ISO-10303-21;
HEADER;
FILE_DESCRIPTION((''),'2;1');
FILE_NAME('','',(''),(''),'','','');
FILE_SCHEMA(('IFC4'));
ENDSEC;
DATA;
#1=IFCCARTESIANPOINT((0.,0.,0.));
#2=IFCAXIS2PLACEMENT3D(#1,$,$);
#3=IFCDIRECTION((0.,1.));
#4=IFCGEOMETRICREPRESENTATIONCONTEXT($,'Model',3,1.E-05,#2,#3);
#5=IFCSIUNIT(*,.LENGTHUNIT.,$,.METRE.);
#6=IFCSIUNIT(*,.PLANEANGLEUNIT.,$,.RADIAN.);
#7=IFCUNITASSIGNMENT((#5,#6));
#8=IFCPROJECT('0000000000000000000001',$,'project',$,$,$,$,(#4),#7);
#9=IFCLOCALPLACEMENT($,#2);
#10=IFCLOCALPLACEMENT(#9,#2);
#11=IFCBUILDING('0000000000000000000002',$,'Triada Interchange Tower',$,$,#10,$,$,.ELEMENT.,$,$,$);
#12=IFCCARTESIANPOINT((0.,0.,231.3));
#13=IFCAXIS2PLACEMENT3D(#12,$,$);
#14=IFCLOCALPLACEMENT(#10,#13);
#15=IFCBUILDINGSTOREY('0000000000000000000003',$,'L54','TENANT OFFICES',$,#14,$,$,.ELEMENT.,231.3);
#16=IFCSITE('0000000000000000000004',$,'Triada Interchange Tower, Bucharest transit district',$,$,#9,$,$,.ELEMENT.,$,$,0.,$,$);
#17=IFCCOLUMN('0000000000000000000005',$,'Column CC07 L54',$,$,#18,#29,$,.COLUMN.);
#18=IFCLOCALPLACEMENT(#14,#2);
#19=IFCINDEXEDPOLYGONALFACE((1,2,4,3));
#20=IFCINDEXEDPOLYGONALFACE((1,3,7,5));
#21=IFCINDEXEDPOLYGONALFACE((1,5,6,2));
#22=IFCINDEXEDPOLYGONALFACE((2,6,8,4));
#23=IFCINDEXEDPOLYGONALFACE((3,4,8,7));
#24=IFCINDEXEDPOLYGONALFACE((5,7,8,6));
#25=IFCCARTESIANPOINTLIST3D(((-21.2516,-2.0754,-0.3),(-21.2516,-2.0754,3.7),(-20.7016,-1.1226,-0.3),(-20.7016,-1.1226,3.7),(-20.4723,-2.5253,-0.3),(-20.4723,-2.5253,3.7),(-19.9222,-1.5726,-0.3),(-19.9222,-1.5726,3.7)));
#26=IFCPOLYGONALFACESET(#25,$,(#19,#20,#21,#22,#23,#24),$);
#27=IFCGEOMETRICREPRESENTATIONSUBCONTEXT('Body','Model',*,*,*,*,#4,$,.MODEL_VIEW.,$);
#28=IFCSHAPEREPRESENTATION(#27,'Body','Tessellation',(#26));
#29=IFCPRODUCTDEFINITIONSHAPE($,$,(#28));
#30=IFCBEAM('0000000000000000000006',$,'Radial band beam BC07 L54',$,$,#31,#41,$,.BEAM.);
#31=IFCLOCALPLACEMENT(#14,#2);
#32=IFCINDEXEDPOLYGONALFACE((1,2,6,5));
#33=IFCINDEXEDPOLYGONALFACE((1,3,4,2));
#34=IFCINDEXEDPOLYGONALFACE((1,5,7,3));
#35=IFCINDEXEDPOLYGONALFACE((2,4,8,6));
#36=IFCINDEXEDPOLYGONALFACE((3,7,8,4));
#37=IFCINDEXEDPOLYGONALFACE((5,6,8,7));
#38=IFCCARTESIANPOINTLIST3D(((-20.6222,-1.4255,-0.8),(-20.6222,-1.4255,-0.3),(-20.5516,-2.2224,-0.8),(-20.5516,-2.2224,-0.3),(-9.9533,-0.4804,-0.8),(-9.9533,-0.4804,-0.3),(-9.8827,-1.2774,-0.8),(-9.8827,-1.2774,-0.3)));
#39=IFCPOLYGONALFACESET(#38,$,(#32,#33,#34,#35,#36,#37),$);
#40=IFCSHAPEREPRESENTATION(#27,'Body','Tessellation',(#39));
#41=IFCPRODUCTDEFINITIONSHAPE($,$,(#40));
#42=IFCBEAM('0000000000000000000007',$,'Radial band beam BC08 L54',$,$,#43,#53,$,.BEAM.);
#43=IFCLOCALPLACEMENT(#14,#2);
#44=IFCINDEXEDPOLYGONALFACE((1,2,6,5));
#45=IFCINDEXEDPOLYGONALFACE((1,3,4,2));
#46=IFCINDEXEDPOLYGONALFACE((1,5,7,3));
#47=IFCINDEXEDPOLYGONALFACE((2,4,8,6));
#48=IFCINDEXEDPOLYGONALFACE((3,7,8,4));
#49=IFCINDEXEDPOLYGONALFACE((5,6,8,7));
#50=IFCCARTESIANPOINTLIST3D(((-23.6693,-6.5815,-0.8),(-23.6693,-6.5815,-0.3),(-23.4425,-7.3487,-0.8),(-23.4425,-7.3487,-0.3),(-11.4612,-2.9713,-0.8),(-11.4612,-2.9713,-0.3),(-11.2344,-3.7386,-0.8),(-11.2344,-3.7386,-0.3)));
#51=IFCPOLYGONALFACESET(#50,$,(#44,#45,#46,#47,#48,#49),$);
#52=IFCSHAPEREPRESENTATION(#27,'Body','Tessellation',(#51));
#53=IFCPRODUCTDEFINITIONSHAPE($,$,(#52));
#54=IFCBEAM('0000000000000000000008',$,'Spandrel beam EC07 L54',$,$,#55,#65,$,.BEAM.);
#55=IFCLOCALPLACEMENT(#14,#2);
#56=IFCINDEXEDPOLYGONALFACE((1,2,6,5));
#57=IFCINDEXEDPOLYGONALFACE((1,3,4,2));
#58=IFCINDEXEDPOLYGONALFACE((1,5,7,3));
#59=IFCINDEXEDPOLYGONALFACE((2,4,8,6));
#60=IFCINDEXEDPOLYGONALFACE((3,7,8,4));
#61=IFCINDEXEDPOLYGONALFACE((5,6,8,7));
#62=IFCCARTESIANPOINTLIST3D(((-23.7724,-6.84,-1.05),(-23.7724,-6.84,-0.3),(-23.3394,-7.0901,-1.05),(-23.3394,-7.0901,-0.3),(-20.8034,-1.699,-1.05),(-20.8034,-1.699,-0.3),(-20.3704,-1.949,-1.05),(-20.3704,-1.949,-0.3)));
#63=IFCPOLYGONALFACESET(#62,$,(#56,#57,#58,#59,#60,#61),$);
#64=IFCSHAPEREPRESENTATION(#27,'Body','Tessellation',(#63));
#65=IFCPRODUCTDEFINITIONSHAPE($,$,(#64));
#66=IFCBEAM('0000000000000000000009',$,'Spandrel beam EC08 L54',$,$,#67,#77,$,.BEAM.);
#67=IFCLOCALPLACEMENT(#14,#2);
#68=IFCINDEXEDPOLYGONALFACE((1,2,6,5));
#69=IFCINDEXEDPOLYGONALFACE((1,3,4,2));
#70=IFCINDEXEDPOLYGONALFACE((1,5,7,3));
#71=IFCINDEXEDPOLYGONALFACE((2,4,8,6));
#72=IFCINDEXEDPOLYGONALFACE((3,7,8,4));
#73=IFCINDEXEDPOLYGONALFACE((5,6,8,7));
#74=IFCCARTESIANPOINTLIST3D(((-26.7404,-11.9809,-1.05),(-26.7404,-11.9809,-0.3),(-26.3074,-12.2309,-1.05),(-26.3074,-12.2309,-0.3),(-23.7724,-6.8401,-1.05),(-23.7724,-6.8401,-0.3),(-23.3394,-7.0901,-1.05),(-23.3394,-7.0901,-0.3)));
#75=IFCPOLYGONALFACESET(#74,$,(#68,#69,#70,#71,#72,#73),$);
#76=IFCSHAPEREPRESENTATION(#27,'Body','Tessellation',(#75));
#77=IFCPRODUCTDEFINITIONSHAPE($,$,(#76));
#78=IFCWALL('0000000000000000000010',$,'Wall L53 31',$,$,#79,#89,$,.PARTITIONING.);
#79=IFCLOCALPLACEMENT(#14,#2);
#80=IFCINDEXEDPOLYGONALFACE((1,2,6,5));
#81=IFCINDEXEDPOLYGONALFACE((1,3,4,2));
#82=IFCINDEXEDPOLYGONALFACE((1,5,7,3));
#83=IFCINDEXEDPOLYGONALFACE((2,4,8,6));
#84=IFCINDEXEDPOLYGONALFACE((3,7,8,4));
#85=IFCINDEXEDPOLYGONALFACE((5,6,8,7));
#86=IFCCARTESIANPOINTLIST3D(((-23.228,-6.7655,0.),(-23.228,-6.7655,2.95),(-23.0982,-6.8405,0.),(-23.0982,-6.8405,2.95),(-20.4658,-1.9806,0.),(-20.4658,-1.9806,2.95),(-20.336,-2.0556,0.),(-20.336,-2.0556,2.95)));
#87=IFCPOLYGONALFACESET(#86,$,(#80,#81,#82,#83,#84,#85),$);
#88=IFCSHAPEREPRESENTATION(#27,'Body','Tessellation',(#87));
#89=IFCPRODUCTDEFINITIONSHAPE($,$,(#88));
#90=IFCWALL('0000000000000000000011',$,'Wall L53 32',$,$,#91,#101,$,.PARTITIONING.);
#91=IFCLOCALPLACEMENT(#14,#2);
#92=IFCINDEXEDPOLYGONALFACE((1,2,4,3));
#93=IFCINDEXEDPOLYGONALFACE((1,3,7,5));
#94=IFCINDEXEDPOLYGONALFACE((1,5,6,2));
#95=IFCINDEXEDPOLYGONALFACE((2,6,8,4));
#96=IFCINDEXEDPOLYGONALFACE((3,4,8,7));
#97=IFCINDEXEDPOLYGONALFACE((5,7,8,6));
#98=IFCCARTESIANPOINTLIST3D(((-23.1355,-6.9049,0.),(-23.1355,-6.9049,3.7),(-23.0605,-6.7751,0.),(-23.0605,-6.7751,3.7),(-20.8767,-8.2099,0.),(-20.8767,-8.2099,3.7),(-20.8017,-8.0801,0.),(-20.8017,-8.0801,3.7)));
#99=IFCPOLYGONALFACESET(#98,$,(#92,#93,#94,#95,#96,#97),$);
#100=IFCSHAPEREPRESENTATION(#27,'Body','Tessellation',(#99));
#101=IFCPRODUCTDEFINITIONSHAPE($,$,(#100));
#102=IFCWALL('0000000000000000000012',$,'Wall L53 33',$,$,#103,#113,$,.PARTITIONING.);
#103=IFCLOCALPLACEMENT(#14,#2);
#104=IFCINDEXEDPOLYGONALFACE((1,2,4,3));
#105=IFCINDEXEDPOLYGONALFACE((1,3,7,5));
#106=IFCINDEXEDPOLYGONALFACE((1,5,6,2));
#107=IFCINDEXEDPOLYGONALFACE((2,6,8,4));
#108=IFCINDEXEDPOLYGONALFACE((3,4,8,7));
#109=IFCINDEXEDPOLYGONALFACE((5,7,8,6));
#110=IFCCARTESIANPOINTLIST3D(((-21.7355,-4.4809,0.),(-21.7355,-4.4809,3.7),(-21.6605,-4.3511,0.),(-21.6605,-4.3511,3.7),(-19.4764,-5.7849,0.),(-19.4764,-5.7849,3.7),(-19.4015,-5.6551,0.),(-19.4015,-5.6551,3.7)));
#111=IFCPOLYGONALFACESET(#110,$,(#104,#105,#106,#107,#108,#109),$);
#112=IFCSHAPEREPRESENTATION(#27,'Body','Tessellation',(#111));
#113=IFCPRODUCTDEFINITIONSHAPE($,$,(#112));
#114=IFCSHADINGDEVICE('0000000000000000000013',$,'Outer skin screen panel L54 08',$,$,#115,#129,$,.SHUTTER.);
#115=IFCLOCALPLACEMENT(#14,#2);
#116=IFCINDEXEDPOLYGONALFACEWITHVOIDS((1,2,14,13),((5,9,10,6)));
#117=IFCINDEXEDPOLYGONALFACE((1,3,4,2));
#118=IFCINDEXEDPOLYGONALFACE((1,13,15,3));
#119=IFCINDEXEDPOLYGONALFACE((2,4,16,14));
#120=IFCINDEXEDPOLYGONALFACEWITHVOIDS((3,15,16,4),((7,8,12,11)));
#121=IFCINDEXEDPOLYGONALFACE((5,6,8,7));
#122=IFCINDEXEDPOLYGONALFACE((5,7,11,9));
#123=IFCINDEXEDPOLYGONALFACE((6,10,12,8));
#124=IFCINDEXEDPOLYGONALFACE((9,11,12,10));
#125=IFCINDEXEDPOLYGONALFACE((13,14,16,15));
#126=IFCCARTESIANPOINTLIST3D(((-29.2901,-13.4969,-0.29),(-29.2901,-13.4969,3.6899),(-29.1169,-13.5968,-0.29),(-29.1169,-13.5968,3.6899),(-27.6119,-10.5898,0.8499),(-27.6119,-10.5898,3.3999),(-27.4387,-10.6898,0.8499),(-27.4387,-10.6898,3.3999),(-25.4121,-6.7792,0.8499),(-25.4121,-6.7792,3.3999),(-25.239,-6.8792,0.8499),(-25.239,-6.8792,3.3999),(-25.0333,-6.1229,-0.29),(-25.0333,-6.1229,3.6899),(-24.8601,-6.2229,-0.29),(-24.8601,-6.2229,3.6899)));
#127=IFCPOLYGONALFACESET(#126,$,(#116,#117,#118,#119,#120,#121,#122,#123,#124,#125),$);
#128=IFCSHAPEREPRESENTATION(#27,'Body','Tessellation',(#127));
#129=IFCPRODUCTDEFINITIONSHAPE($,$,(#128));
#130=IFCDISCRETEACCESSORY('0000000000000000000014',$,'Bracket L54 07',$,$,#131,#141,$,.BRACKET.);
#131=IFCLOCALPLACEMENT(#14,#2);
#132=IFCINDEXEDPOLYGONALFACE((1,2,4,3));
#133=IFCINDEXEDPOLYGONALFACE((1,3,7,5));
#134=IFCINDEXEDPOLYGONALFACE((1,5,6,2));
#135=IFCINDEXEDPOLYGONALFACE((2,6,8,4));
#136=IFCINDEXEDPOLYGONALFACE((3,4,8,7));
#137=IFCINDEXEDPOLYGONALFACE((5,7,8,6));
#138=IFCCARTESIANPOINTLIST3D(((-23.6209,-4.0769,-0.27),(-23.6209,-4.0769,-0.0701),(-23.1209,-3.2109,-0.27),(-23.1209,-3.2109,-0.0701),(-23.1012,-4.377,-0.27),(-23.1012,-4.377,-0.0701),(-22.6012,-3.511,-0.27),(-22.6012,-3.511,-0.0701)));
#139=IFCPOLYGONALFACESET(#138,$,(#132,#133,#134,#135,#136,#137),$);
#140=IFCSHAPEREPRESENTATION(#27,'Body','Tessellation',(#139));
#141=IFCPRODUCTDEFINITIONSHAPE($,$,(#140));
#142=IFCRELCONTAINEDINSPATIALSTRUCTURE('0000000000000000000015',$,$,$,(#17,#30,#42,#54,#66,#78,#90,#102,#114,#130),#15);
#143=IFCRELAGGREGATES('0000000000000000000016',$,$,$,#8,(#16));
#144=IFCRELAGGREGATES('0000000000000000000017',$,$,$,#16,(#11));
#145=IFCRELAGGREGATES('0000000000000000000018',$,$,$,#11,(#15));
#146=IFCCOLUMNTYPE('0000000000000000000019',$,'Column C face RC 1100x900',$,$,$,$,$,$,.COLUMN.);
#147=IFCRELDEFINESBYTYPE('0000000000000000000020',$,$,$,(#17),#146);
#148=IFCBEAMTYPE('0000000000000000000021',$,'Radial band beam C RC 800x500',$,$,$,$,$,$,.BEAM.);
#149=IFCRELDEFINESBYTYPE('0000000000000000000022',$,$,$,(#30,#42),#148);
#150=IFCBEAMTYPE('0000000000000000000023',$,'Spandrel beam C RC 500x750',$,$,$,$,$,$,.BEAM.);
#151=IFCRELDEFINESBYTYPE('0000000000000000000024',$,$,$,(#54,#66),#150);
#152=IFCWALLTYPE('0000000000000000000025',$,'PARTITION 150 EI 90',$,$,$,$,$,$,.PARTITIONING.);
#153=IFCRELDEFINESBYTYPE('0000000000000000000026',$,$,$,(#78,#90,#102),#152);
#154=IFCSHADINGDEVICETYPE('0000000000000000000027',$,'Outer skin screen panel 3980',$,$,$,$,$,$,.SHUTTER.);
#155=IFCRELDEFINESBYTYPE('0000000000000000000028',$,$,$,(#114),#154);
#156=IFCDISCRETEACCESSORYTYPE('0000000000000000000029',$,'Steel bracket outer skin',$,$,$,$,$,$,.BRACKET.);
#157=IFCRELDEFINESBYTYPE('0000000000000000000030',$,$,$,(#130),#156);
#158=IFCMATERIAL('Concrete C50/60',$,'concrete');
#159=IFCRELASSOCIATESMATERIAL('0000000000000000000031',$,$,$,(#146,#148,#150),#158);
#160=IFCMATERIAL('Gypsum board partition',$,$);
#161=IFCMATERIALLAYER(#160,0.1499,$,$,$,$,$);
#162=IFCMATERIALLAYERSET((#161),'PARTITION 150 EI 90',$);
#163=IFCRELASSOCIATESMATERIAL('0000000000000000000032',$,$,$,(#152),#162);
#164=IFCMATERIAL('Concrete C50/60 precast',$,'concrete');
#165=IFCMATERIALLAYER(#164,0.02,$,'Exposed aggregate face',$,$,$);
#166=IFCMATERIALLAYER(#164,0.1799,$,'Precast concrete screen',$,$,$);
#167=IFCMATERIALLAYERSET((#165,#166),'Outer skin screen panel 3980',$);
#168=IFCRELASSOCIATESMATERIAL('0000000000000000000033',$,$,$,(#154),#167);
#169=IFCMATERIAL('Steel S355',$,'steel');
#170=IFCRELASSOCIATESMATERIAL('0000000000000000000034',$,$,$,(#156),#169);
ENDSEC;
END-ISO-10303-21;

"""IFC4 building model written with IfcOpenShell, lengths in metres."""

from ifc_helpers import new_model, si_unit, direction, frame, frame_2d, origin, origin_2d, place, context, subcontext, project, spatial, polyline, rectangle, outline, extrude, material, layer, layer_set, material_profile, profile_set, type_object, element, save


model = new_model("IFC4")

# Units and contexts
model_context = context("Model", 3, precision=1e-05, world=origin(), true_north=direction((0.0, 1.0)))
body_context = subcontext(model_context, "Body", "Model", "MODEL_VIEW")
ifc_project = project(units=[si_unit("LENGTHUNIT", "METRE"), si_unit("PLANEANGLEUNIT", "RADIAN")], contexts=[model_context])

# Site, building, storey
site_placement = place(None, origin())
site = spatial("IfcSite", under=ifc_project, at=site_placement, Name="Triada Interchange Tower, Bucharest transit district", CompositionType="ELEMENT", RefElevation=0.0)
building_placement = place(site_placement, origin())
building = spatial("IfcBuilding", under=site, at=building_placement, Name="Triada Interchange Tower", CompositionType="ELEMENT")
storey_placement = place(building_placement, frame((0.0, 0.0, 231.3)))
storey = spatial("IfcBuildingStorey", under=building, at=storey_placement, Name="L54", Description="TENANT OFFICES", CompositionType="ELEMENT", Elevation=231.3)

# Column
ifc_material_1 = material(Name="Concrete C50/60", Category="concrete")
ifc_material_profile_1 = material_profile(ifc_material_1, rectangle(XDim=1.1001, YDim=0.8999, at=origin_2d()), Name="RC 1100x900")
ifc_profile_set_1 = profile_set([ifc_material_profile_1], Name="Concrete C50/60")
column_type = type_object("IfcColumnType", Name="Column C face RC 1100x900", PredefinedType="COLUMN", material=ifc_profile_set_1)
column_placement = place(storey_placement, frame((-20.5869, -1.824, -0.3), z_axis=(0.0, 0.0, 1.0), x_axis=(0.5, 0.866025, 0.0)))
element("IfcColumn", 1, at=column_placement, inside=storey, type_object=column_type, Name="Column CC07 L54", PredefinedType="COLUMN", context=body_context, shape_type="SweptSolid", body=[
    extrude(rectangle(XDim=1.1001, YDim=0.8999, at=origin_2d()), origin(), (0.0, 0.0, 1.0), 4.0),
])

# Beams
ifc_material_profile_2 = material_profile(ifc_material_1, rectangle(XDim=0.8, YDim=0.5, at=origin_2d()), Name="RC 800x500")
ifc_profile_set_2 = profile_set([ifc_material_profile_2], Name="Concrete C50/60")
beam_type_1 = type_object("IfcBeamType", Name="Radial band beam C RC 800x500", PredefinedType="BEAM", material=ifc_profile_set_2)
beam_1_placement = place(storey_placement, frame((-20.5869, -1.824, -0.55), z_axis=(0.9961, 0.088236, 0.0), x_axis=(-0.088236, 0.9961, 0.0)))
element("IfcBeam", 2, at=beam_1_placement, inside=storey, type_object=beam_type_1, Name="Radial band beam BC07 L54", PredefinedType="BEAM", context=body_context, shape_type="SweptSolid", body=[
    extrude(rectangle(XDim=0.8, YDim=0.5, at=origin_2d()), origin(), (0.0, 0.0, 1.0), 10.7107),
])
beam_2_placement = place(storey_placement, frame((-23.5559, -6.9651, -0.55), z_axis=(0.958949, 0.283577, 0.0), x_axis=(-0.283577, 0.958949, 0.0)))
element("IfcBeam", 3, at=beam_2_placement, inside=storey, type_object=beam_type_1, Name="Radial band beam BC08 L54", PredefinedType="BEAM", context=body_context, shape_type="SweptSolid", body=[
    extrude(rectangle(XDim=0.8, YDim=0.5, at=origin_2d()), origin(), (0.0, 0.0, 1.0), 12.7307),
])
ifc_material_profile_3 = material_profile(ifc_material_1, rectangle(XDim=0.5, YDim=0.75, at=origin_2d()), Name="RC 500x750")
ifc_profile_set_3 = profile_set([ifc_material_profile_3], Name="Concrete C50/60")
beam_type_2 = type_object("IfcBeamType", Name="Spandrel beam C RC 500x750", PredefinedType="BEAM", material=ifc_profile_set_3)
beam_3_placement = place(storey_placement, frame((-20.5869, -1.824, -0.675), z_axis=(-0.500097, -0.865969, 0.0), x_axis=(0.865969, -0.500097, 0.0)))
element("IfcBeam", 4, at=beam_3_placement, inside=storey, type_object=beam_type_2, Name="Spandrel beam EC07 L54", PredefinedType="BEAM", context=body_context, shape_type="SweptSolid", body=[
    extrude(rectangle(XDim=0.5, YDim=0.75, at=origin_2d()), origin(), (0.0, 0.0, 1.0), 5.9368),
])
beam_4_placement = place(storey_placement, frame((-23.5559, -6.9651, -0.675), z_axis=(-0.499992, -0.86603, 0.0), x_axis=(0.86603, -0.499992, 0.0)))
element("IfcBeam", 5, at=beam_4_placement, inside=storey, type_object=beam_type_2, Name="Spandrel beam EC08 L54", PredefinedType="BEAM", context=body_context, shape_type="SweptSolid", body=[
    extrude(rectangle(XDim=0.5, YDim=0.75, at=origin_2d()), origin(), (0.0, 0.0, 1.0), 5.936),
])

# Walls
ifc_material_2 = material(Name="Gypsum board partition")
ifc_layer_1 = layer(ifc_material_2, 0.1499)
ifc_layer_set_1 = layer_set([ifc_layer_1], Name="PARTITION 150 EI 90")
wall_type = type_object("IfcWallType", Name="PARTITION 150 EI 90", PredefinedType="PARTITIONING", material=ifc_layer_set_1)
wall_1_placement = place(storey_placement, frame((-23.1631, -6.803, 0.0), z_axis=(0.0, 0.0, 1.0), x_axis=(0.499951, 0.866054, 0.0)))
element("IfcWall", 6, at=wall_1_placement, inside=storey, type_object=wall_type, Name="Wall L53 31", PredefinedType="PARTITIONING", context=body_context, shape_type="SweptSolid", body=[
    extrude(rectangle(XDim=5.5249, YDim=0.1499, at=frame_2d((2.7625, 0.0))), origin(), (0.0, 0.0, 1.0), 2.95),
])
wall_2_placement = place(storey_placement, frame((-23.0979, -6.8401, 0.0), z_axis=(0.0, 0.0, 1.0), x_axis=(0.865889, -0.500235, 0.0)))
element("IfcWall", 7, at=wall_2_placement, inside=storey, type_object=wall_type, Name="Wall L53 32", PredefinedType="PARTITIONING", context=body_context, shape_type="SweptSolid", body=[
    extrude(rectangle(XDim=2.6086, YDim=0.1499, at=frame_2d((1.3042, 0.0))), origin(), (0.0, 0.0, 1.0), 3.7),
])
wall_3_placement = place(storey_placement, frame((-21.698, -4.416, 0.0), z_axis=(0.0, 0.0, 1.0), x_axis=(0.866075, -0.499914, 0.0)))
element("IfcWall", 8, at=wall_3_placement, inside=storey, type_object=wall_type, Name="Wall L53 33", PredefinedType="PARTITIONING", context=body_context, shape_type="SweptSolid", body=[
    extrude(rectangle(XDim=2.6084, YDim=0.1499, at=frame_2d((1.3042, 0.0))), origin(), (0.0, 0.0, 1.0), 3.7),
])

# Shading device
ifc_material_3 = material(Name="Concrete C50/60 precast", Category="concrete")
ifc_layer_2 = layer(ifc_material_3, 0.02, Name="Exposed aggregate face")
ifc_layer_3 = layer(ifc_material_3, 0.1799, Name="Precast concrete screen")
ifc_layer_set_2 = layer_set([ifc_layer_2, ifc_layer_3], Name="Outer skin screen panel 3980")
shading_device_type = type_object("IfcShadingDeviceType", Name="Outer skin screen panel 3980", PredefinedType="SHUTTER", material=ifc_layer_set_2)
shading_device_placement = place(storey_placement, frame((-24.8601, -6.2229, -0.29), z_axis=(0.0, 0.0, 1.0), x_axis=(-0.499951, -0.866054, 0.0)))
element("IfcShadingDevice", 9, at=shading_device_placement, inside=storey, type_object=shading_device_type, Name="Outer skin screen panel L54 08", PredefinedType="SHUTTER", context=body_context, shape_type="SweptSolid", body=[
    extrude(outline(polyline([(0.0, 0.0), (8.5144, 0.0), (8.5144, 3.98), (0.0, 3.98), (0.0, 0.0)]), holes=[polyline([(0.7578, 1.1399), (0.7578, 3.6899), (5.1577, 3.6899), (5.1577, 1.1399), (0.7578, 1.1399)])]), frame((0.0, 0.0, 0.0), z_axis=(0.0, -1.0, 0.0), x_axis=(1.0, 0.0, 0.0)), (0.0, 0.0, 1.0), 0.2),
])

# Discrete accessory
ifc_material_4 = material(Name="Steel S355", Category="steel")
discrete_accessory_type = type_object("IfcDiscreteAccessoryType", Name="Steel bracket outer skin", PredefinedType="BRACKET", material=ifc_material_4)
discrete_accessory_placement = place(storey_placement, frame((-23.1111, -3.7939, -0.27), z_axis=(0.0, 0.0, 1.0), x_axis=(-0.866014, 0.500019, 0.0)))
element("IfcDiscreteAccessory", 10, at=discrete_accessory_placement, inside=storey, type_object=discrete_accessory_type, Name="Bracket L54 07", PredefinedType="BRACKET", context=body_context, shape_type="SweptSolid", body=[
    extrude(rectangle(XDim=0.6001, YDim=1.0, at=origin_2d()), origin(), (0.0, 0.0, 1.0), 0.2),
])

save(model, "model.ifc")
